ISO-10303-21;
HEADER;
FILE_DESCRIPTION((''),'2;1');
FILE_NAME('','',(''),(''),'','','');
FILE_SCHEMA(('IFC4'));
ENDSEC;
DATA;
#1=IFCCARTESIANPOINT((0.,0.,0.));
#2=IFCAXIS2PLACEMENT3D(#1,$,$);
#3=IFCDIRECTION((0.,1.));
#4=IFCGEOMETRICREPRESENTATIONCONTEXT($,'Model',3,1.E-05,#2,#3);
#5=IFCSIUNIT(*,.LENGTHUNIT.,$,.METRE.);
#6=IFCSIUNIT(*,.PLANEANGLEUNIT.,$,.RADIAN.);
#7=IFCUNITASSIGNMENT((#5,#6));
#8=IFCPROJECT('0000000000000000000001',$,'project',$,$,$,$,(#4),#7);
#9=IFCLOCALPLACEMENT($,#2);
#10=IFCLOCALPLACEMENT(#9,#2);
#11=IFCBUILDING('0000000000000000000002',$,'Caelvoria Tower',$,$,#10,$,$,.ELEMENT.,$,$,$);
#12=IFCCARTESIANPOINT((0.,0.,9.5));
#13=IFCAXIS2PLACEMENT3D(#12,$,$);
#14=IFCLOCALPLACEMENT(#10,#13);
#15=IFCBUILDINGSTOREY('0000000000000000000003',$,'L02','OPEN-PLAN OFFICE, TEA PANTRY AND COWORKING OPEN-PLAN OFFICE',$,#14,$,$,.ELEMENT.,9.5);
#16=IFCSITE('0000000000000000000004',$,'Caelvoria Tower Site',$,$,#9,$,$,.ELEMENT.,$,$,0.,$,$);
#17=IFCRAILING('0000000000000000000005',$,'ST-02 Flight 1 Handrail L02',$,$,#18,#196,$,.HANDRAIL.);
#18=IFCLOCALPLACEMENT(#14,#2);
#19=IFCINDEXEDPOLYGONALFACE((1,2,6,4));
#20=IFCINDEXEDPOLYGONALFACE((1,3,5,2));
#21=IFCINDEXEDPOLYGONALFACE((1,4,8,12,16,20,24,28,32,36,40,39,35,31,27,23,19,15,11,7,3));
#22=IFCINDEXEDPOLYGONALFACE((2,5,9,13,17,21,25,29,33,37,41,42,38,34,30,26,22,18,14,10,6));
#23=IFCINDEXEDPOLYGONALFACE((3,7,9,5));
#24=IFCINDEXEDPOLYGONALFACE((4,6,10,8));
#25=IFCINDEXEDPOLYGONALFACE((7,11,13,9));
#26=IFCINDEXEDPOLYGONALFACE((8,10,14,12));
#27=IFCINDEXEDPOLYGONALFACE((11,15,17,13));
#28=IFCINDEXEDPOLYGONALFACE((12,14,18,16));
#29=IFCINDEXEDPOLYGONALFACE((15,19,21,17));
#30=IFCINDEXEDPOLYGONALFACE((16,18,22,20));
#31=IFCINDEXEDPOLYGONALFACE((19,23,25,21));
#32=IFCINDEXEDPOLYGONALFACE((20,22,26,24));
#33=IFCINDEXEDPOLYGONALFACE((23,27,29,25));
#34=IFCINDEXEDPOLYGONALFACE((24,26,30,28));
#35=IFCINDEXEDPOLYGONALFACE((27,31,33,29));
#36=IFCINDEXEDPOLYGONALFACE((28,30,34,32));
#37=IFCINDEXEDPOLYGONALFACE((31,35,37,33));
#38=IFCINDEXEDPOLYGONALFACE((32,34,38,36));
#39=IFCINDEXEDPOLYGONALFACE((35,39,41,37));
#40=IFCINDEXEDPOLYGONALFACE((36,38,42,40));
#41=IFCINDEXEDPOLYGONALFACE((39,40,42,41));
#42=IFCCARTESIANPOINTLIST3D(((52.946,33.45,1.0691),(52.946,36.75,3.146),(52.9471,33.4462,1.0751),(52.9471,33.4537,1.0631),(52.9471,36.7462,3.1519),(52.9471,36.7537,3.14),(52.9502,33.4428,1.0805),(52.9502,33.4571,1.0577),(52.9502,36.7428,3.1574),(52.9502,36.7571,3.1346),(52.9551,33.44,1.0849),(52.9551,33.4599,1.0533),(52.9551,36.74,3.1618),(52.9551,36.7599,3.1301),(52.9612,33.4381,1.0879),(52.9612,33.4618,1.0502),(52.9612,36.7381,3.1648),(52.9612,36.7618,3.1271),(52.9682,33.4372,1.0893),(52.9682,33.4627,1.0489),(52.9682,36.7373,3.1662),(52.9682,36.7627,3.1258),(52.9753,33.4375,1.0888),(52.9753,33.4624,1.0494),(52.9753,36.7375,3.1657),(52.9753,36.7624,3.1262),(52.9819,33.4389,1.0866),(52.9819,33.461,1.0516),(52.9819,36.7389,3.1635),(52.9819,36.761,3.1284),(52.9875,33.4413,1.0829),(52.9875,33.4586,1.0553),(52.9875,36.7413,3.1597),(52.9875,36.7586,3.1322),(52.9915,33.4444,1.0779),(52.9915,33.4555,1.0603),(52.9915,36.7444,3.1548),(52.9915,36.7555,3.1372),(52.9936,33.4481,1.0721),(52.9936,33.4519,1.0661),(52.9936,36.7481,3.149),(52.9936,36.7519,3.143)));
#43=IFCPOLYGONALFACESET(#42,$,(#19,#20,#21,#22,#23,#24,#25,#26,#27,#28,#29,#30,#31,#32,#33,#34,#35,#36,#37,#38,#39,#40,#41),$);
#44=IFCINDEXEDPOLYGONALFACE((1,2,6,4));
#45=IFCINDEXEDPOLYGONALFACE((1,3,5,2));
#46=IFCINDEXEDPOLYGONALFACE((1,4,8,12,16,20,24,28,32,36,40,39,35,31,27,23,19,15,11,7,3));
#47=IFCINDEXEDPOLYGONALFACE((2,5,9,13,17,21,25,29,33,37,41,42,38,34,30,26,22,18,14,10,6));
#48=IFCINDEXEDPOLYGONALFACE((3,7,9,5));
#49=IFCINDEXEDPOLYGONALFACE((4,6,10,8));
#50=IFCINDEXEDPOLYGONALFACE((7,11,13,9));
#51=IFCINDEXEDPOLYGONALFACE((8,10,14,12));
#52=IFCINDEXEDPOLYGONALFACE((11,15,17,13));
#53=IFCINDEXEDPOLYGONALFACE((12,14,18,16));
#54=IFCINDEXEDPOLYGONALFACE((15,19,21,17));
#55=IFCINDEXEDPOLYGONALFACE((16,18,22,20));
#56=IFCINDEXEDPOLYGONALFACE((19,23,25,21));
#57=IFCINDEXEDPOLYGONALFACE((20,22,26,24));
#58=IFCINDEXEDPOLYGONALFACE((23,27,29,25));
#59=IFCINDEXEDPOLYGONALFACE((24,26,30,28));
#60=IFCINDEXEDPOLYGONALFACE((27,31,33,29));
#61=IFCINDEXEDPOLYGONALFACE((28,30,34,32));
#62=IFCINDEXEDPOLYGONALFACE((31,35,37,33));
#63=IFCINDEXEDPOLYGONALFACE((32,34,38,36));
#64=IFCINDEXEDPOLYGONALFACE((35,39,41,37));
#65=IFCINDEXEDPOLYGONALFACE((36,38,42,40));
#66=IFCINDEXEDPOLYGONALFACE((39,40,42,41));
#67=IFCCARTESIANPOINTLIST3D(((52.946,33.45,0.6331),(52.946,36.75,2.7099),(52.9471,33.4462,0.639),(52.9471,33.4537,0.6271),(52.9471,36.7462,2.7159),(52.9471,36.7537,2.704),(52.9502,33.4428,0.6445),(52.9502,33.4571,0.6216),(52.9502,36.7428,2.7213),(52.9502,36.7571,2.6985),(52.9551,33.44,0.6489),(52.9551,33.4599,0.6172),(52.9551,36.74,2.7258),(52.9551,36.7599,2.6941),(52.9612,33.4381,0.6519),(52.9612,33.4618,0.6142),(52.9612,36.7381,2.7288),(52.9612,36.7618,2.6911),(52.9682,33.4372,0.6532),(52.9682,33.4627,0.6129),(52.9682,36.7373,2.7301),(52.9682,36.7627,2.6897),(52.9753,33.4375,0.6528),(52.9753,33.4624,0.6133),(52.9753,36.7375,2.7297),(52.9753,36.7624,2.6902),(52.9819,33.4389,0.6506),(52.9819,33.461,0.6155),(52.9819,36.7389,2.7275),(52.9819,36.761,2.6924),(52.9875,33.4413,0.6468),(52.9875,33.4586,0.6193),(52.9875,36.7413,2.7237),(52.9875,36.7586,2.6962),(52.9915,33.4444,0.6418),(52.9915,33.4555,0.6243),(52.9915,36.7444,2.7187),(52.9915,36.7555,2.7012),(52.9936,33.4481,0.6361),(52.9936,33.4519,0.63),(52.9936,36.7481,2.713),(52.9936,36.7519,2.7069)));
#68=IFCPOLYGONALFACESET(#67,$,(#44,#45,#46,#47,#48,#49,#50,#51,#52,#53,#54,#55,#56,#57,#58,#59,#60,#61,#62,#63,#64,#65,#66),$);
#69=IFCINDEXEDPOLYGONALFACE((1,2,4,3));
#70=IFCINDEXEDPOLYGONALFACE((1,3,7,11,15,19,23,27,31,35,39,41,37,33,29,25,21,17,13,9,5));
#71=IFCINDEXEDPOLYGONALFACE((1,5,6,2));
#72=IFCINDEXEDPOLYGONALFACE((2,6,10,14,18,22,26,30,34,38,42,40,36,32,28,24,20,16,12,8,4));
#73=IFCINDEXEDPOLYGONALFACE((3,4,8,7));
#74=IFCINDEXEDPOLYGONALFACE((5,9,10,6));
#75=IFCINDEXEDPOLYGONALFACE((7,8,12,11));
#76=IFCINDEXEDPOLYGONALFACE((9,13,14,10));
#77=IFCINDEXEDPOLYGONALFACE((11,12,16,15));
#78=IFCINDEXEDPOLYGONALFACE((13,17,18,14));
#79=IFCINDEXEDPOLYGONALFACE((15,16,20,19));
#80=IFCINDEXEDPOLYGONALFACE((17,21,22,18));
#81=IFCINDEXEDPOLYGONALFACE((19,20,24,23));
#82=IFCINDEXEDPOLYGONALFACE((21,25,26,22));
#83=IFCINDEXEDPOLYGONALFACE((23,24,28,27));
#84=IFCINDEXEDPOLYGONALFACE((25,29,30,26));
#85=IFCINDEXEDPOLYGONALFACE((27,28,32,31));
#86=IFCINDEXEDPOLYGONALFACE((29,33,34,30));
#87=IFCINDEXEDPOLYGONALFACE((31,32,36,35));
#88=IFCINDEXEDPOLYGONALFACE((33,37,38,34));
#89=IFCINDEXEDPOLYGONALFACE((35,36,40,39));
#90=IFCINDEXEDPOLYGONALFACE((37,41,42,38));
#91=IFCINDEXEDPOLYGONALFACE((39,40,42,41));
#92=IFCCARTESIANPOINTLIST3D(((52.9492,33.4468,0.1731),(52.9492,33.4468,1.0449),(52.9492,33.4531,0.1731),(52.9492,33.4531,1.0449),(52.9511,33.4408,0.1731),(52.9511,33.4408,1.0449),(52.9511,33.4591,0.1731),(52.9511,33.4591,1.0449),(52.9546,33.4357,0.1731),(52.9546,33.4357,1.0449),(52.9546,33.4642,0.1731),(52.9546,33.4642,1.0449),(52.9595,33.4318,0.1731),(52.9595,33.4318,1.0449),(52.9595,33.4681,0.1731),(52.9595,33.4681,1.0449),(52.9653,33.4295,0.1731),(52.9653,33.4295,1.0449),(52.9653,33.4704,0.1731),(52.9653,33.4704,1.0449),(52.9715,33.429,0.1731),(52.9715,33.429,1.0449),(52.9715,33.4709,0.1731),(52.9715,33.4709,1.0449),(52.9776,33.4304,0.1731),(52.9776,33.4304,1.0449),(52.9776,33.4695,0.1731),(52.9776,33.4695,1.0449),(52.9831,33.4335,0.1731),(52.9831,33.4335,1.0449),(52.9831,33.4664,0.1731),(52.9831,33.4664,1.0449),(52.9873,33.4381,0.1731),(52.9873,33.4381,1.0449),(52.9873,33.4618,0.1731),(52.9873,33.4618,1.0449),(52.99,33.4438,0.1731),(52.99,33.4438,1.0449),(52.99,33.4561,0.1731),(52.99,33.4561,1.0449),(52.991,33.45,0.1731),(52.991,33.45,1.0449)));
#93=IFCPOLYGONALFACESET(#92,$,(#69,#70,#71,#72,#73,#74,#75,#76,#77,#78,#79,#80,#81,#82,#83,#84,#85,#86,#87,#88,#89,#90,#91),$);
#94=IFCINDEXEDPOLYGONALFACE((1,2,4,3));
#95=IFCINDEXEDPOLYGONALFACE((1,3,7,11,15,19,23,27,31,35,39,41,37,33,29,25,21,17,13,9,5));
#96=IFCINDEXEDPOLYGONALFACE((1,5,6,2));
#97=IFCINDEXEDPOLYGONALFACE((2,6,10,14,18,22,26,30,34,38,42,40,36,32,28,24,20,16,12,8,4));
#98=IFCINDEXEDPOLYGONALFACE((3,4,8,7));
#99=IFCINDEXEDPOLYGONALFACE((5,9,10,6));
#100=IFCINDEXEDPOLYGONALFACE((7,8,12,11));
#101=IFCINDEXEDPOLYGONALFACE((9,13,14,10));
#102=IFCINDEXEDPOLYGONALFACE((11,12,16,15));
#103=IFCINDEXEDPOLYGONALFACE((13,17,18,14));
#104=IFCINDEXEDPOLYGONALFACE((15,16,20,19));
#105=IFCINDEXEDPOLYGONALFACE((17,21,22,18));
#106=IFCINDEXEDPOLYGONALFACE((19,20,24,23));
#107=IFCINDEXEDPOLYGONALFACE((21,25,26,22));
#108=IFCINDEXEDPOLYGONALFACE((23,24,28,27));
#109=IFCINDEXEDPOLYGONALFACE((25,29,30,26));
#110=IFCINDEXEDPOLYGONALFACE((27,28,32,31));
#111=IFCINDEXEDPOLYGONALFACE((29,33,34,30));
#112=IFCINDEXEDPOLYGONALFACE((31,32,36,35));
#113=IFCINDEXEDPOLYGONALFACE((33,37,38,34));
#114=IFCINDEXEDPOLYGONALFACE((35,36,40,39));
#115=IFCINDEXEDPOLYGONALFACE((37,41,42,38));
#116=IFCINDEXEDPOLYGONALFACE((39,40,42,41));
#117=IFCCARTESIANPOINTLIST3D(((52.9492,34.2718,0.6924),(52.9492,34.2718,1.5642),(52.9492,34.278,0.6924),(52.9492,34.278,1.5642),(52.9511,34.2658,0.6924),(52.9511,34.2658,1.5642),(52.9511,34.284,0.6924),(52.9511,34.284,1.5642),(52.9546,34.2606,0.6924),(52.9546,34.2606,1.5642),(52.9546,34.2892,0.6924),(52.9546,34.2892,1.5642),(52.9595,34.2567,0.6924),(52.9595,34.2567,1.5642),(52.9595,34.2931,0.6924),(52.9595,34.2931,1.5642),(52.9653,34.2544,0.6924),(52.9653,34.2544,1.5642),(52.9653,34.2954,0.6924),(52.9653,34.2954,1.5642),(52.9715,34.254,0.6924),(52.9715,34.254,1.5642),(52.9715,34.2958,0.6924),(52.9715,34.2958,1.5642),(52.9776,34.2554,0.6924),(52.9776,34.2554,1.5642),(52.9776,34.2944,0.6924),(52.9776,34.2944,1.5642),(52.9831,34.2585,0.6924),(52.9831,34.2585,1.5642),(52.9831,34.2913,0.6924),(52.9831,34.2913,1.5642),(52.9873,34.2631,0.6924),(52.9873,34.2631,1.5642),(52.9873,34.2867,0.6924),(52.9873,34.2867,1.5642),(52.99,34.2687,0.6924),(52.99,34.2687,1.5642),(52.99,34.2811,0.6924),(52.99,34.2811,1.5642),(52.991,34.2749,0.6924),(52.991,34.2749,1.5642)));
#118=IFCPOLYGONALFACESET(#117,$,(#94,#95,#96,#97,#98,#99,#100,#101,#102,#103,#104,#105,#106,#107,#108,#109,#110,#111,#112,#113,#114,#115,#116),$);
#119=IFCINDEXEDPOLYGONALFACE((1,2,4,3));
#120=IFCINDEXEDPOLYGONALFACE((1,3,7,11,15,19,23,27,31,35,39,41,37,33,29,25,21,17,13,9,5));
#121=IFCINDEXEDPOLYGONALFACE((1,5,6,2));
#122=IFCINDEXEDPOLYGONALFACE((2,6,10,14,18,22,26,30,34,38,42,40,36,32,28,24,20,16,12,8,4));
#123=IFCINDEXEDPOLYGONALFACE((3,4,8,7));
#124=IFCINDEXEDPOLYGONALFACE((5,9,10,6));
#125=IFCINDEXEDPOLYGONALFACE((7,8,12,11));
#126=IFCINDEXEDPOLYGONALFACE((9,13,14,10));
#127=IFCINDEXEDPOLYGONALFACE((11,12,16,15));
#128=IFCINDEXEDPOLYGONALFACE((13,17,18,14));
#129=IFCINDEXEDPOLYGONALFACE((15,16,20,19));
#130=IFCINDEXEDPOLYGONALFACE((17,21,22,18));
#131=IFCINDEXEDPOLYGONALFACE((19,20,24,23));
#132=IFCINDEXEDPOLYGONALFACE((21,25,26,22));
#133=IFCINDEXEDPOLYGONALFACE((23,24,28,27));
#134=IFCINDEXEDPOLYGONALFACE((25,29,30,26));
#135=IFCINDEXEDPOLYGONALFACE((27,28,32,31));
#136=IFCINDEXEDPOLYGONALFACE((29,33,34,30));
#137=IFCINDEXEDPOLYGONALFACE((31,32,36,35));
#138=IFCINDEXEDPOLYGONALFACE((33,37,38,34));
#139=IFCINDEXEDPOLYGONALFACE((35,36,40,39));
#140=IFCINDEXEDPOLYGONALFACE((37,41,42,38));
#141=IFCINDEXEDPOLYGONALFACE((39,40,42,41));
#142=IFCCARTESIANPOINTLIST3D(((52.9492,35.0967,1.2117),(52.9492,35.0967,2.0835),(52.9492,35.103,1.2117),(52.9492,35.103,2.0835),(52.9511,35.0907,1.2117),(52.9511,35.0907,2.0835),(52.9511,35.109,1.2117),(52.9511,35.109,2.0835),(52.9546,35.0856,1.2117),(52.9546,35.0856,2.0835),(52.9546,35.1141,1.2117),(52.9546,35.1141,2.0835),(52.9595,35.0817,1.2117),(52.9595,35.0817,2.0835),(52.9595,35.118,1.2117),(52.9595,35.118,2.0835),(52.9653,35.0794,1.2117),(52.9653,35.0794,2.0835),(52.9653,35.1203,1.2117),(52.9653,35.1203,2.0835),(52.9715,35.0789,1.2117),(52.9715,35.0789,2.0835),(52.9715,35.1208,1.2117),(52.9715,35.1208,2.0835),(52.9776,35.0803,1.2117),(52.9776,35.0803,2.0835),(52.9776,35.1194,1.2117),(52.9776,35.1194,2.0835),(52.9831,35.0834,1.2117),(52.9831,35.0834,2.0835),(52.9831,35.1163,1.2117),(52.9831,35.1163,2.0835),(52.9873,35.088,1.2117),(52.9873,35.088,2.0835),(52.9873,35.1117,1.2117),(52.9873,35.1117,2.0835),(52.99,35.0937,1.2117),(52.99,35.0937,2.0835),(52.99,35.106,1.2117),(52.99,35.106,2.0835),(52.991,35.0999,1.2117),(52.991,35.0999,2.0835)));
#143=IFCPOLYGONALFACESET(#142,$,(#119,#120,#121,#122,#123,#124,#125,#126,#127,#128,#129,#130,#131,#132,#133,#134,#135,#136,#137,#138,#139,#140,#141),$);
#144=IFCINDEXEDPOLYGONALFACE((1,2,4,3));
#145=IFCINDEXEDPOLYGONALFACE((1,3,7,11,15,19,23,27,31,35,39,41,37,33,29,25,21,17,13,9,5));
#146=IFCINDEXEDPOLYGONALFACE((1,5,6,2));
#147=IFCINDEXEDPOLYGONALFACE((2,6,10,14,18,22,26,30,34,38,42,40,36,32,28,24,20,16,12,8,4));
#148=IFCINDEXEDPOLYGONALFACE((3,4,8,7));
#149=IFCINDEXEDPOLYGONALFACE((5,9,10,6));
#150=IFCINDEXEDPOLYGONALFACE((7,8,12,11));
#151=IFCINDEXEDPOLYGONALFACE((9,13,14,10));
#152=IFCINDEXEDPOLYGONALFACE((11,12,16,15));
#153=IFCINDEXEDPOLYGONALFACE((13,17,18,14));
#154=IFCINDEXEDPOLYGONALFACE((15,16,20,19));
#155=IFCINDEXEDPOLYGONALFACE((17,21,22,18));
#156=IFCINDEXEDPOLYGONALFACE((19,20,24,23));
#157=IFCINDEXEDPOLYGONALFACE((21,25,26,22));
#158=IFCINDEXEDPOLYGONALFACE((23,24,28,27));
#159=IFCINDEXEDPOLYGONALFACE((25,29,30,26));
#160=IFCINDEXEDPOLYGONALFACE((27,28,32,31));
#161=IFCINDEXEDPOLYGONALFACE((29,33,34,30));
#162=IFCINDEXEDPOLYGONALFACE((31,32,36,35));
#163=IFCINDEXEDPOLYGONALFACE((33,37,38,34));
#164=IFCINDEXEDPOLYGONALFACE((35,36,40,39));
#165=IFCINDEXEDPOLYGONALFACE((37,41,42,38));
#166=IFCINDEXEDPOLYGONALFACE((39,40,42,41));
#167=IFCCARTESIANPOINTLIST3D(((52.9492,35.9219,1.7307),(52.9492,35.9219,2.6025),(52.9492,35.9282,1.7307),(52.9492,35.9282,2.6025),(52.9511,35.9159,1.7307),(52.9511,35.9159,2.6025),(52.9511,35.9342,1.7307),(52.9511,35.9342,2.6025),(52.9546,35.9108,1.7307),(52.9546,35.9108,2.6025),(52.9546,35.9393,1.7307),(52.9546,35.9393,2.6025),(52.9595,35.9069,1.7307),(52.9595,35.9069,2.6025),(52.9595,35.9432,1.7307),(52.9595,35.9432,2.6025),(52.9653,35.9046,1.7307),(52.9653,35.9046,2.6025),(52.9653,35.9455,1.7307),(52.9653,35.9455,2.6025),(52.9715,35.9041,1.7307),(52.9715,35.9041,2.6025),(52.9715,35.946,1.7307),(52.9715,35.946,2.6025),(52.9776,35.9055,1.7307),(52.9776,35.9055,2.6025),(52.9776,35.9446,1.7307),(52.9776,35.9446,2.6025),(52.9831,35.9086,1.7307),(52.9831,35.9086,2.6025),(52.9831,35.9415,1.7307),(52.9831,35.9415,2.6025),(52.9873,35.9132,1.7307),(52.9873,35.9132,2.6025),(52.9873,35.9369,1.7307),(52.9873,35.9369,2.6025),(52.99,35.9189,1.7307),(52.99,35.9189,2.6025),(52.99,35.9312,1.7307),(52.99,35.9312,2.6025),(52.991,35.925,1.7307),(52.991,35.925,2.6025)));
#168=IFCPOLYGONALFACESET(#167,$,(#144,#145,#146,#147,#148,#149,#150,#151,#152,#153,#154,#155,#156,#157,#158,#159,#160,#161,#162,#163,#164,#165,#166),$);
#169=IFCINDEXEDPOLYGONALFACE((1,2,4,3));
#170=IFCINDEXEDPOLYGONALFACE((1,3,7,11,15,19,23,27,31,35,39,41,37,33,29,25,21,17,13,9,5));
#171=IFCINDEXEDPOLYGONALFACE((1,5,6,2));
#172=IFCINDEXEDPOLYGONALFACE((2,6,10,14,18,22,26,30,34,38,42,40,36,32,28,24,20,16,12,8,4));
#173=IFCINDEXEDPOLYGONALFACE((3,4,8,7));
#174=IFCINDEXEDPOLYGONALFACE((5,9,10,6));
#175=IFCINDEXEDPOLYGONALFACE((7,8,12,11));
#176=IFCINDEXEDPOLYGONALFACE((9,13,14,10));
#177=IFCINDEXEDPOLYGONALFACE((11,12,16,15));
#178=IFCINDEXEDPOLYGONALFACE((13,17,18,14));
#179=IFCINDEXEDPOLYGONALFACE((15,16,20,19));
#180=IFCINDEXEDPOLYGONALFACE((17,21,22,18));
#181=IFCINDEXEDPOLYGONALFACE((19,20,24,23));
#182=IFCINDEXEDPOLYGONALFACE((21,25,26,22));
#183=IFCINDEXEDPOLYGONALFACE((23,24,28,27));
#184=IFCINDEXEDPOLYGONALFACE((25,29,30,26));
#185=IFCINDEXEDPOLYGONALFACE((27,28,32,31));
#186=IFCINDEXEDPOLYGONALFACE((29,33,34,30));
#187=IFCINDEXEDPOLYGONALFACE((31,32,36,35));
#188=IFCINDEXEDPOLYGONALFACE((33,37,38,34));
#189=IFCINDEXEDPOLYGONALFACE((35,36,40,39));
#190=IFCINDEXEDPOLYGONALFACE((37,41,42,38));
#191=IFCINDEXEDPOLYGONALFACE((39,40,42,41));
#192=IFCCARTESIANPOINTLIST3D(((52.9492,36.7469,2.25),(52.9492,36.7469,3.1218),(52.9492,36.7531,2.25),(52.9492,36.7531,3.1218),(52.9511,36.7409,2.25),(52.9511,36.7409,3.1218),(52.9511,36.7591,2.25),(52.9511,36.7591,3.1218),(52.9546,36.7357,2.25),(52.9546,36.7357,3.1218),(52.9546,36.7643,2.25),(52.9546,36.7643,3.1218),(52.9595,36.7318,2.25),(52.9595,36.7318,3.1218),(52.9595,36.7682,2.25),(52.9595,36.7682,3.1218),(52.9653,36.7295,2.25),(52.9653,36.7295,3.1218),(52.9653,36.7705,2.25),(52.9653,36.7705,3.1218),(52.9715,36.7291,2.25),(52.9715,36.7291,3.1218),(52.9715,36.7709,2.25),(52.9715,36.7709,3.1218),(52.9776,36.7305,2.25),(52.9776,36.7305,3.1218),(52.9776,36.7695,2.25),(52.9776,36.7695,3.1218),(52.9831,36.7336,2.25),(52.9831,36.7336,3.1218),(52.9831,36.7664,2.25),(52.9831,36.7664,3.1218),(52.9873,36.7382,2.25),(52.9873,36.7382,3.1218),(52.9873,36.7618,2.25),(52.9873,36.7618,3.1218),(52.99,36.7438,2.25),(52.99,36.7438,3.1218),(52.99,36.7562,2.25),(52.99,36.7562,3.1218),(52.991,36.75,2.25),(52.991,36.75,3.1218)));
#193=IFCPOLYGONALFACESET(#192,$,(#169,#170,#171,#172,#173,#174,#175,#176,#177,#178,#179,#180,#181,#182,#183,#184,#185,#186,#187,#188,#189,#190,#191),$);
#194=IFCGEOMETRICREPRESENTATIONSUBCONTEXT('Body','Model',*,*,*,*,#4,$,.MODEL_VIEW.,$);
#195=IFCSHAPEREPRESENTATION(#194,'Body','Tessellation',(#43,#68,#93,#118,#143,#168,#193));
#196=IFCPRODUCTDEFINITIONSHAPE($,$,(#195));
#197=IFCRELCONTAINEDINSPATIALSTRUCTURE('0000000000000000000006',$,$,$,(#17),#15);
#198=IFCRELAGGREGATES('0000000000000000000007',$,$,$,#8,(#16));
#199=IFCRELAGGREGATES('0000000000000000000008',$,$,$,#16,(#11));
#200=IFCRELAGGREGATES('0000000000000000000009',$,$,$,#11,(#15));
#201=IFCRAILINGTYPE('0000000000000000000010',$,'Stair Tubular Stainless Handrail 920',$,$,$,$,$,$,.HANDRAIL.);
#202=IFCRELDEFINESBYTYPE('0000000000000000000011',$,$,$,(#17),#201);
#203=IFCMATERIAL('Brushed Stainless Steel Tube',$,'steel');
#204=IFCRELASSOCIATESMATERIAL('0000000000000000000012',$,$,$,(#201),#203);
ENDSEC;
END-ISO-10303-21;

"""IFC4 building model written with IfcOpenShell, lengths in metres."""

from ifc_helpers import new_model, si_unit, direction, frame, origin, origin_2d, place, context, subcontext, project, spatial, circle, extrude, material, type_object, element, save


model = new_model("IFC4")

# Units and contexts
model_context = context("Model", 3, precision=1e-05, world=origin(), true_north=direction((0.0, 1.0)))
body_context = subcontext(model_context, "Body", "Model", "MODEL_VIEW")
ifc_project = project(units=[si_unit("LENGTHUNIT", "METRE"), si_unit("PLANEANGLEUNIT", "RADIAN")], contexts=[model_context])

# Site, building, storey
site_placement = place(None, origin())
site = spatial("IfcSite", under=ifc_project, at=site_placement, Name="Caelvoria Tower Site", CompositionType="ELEMENT", RefElevation=0.0)
building_placement = place(site_placement, origin())
building = spatial("IfcBuilding", under=site, at=building_placement, Name="Caelvoria Tower", CompositionType="ELEMENT")
storey_placement = place(building_placement, frame((0.0, 0.0, 9.5)))
storey = spatial("IfcBuildingStorey", under=building, at=storey_placement, Name="L02", Description="OPEN-PLAN OFFICE, TEA PANTRY AND COWORKING OPEN-PLAN OFFICE", CompositionType="ELEMENT", Elevation=9.5)

# Railing
ifc_material_1 = material(Name="Brushed Stainless Steel Tube", Category="steel")
railing_type_1 = type_object("IfcRailingType", Name="Stair Tubular Stainless Handrail 920", PredefinedType="HANDRAIL", material=ifc_material_1)
railing_1_placement = place(storey_placement, frame((52.97, 33.45, 0.1731)))
element("IfcRailing", 1, at=railing_1_placement, inside=storey, type_object=railing_type_1, Name="ST-02 Flight 1 Handrail L02", PredefinedType="HANDRAIL", context=body_context, shape_type="SweptSolid", body=[
    extrude(circle(Radius=0.0239, at=origin_2d()), frame((0.0, 0.0, 0.896), z_axis=(0.0, 0.846337, 0.532647), x_axis=(-1.0, 0.0, 0.0)), (0.0, 0.0, 1.0), 3.8992),
    extrude(circle(Radius=0.0239, at=origin_2d()), frame((0.0, 0.0, 0.46), z_axis=(0.0, 0.846337, 0.532647), x_axis=(-1.0, 0.0, 0.0)), (0.0, 0.0, 1.0), 3.8992),
    extrude(circle(Radius=0.021, at=origin_2d()), origin(), (0.0, 0.0, 1.0), 0.8718),
    extrude(circle(Radius=0.021, at=origin_2d()), frame((0.0, 0.825, 0.5193)), (0.0, 0.0, 1.0), 0.8718),
    extrude(circle(Radius=0.021, at=origin_2d()), frame((0.0, 1.6499, 1.0386)), (0.0, 0.0, 1.0), 0.8718),
    extrude(circle(Radius=0.021, at=origin_2d()), frame((0.0, 2.4751, 1.5576)), (0.0, 0.0, 1.0), 0.8718),
    extrude(circle(Radius=0.021, at=origin_2d()), frame((0.0, 3.3, 2.0769)), (0.0, 0.0, 1.0), 0.8718),
])

save(model, "model.ifc")
